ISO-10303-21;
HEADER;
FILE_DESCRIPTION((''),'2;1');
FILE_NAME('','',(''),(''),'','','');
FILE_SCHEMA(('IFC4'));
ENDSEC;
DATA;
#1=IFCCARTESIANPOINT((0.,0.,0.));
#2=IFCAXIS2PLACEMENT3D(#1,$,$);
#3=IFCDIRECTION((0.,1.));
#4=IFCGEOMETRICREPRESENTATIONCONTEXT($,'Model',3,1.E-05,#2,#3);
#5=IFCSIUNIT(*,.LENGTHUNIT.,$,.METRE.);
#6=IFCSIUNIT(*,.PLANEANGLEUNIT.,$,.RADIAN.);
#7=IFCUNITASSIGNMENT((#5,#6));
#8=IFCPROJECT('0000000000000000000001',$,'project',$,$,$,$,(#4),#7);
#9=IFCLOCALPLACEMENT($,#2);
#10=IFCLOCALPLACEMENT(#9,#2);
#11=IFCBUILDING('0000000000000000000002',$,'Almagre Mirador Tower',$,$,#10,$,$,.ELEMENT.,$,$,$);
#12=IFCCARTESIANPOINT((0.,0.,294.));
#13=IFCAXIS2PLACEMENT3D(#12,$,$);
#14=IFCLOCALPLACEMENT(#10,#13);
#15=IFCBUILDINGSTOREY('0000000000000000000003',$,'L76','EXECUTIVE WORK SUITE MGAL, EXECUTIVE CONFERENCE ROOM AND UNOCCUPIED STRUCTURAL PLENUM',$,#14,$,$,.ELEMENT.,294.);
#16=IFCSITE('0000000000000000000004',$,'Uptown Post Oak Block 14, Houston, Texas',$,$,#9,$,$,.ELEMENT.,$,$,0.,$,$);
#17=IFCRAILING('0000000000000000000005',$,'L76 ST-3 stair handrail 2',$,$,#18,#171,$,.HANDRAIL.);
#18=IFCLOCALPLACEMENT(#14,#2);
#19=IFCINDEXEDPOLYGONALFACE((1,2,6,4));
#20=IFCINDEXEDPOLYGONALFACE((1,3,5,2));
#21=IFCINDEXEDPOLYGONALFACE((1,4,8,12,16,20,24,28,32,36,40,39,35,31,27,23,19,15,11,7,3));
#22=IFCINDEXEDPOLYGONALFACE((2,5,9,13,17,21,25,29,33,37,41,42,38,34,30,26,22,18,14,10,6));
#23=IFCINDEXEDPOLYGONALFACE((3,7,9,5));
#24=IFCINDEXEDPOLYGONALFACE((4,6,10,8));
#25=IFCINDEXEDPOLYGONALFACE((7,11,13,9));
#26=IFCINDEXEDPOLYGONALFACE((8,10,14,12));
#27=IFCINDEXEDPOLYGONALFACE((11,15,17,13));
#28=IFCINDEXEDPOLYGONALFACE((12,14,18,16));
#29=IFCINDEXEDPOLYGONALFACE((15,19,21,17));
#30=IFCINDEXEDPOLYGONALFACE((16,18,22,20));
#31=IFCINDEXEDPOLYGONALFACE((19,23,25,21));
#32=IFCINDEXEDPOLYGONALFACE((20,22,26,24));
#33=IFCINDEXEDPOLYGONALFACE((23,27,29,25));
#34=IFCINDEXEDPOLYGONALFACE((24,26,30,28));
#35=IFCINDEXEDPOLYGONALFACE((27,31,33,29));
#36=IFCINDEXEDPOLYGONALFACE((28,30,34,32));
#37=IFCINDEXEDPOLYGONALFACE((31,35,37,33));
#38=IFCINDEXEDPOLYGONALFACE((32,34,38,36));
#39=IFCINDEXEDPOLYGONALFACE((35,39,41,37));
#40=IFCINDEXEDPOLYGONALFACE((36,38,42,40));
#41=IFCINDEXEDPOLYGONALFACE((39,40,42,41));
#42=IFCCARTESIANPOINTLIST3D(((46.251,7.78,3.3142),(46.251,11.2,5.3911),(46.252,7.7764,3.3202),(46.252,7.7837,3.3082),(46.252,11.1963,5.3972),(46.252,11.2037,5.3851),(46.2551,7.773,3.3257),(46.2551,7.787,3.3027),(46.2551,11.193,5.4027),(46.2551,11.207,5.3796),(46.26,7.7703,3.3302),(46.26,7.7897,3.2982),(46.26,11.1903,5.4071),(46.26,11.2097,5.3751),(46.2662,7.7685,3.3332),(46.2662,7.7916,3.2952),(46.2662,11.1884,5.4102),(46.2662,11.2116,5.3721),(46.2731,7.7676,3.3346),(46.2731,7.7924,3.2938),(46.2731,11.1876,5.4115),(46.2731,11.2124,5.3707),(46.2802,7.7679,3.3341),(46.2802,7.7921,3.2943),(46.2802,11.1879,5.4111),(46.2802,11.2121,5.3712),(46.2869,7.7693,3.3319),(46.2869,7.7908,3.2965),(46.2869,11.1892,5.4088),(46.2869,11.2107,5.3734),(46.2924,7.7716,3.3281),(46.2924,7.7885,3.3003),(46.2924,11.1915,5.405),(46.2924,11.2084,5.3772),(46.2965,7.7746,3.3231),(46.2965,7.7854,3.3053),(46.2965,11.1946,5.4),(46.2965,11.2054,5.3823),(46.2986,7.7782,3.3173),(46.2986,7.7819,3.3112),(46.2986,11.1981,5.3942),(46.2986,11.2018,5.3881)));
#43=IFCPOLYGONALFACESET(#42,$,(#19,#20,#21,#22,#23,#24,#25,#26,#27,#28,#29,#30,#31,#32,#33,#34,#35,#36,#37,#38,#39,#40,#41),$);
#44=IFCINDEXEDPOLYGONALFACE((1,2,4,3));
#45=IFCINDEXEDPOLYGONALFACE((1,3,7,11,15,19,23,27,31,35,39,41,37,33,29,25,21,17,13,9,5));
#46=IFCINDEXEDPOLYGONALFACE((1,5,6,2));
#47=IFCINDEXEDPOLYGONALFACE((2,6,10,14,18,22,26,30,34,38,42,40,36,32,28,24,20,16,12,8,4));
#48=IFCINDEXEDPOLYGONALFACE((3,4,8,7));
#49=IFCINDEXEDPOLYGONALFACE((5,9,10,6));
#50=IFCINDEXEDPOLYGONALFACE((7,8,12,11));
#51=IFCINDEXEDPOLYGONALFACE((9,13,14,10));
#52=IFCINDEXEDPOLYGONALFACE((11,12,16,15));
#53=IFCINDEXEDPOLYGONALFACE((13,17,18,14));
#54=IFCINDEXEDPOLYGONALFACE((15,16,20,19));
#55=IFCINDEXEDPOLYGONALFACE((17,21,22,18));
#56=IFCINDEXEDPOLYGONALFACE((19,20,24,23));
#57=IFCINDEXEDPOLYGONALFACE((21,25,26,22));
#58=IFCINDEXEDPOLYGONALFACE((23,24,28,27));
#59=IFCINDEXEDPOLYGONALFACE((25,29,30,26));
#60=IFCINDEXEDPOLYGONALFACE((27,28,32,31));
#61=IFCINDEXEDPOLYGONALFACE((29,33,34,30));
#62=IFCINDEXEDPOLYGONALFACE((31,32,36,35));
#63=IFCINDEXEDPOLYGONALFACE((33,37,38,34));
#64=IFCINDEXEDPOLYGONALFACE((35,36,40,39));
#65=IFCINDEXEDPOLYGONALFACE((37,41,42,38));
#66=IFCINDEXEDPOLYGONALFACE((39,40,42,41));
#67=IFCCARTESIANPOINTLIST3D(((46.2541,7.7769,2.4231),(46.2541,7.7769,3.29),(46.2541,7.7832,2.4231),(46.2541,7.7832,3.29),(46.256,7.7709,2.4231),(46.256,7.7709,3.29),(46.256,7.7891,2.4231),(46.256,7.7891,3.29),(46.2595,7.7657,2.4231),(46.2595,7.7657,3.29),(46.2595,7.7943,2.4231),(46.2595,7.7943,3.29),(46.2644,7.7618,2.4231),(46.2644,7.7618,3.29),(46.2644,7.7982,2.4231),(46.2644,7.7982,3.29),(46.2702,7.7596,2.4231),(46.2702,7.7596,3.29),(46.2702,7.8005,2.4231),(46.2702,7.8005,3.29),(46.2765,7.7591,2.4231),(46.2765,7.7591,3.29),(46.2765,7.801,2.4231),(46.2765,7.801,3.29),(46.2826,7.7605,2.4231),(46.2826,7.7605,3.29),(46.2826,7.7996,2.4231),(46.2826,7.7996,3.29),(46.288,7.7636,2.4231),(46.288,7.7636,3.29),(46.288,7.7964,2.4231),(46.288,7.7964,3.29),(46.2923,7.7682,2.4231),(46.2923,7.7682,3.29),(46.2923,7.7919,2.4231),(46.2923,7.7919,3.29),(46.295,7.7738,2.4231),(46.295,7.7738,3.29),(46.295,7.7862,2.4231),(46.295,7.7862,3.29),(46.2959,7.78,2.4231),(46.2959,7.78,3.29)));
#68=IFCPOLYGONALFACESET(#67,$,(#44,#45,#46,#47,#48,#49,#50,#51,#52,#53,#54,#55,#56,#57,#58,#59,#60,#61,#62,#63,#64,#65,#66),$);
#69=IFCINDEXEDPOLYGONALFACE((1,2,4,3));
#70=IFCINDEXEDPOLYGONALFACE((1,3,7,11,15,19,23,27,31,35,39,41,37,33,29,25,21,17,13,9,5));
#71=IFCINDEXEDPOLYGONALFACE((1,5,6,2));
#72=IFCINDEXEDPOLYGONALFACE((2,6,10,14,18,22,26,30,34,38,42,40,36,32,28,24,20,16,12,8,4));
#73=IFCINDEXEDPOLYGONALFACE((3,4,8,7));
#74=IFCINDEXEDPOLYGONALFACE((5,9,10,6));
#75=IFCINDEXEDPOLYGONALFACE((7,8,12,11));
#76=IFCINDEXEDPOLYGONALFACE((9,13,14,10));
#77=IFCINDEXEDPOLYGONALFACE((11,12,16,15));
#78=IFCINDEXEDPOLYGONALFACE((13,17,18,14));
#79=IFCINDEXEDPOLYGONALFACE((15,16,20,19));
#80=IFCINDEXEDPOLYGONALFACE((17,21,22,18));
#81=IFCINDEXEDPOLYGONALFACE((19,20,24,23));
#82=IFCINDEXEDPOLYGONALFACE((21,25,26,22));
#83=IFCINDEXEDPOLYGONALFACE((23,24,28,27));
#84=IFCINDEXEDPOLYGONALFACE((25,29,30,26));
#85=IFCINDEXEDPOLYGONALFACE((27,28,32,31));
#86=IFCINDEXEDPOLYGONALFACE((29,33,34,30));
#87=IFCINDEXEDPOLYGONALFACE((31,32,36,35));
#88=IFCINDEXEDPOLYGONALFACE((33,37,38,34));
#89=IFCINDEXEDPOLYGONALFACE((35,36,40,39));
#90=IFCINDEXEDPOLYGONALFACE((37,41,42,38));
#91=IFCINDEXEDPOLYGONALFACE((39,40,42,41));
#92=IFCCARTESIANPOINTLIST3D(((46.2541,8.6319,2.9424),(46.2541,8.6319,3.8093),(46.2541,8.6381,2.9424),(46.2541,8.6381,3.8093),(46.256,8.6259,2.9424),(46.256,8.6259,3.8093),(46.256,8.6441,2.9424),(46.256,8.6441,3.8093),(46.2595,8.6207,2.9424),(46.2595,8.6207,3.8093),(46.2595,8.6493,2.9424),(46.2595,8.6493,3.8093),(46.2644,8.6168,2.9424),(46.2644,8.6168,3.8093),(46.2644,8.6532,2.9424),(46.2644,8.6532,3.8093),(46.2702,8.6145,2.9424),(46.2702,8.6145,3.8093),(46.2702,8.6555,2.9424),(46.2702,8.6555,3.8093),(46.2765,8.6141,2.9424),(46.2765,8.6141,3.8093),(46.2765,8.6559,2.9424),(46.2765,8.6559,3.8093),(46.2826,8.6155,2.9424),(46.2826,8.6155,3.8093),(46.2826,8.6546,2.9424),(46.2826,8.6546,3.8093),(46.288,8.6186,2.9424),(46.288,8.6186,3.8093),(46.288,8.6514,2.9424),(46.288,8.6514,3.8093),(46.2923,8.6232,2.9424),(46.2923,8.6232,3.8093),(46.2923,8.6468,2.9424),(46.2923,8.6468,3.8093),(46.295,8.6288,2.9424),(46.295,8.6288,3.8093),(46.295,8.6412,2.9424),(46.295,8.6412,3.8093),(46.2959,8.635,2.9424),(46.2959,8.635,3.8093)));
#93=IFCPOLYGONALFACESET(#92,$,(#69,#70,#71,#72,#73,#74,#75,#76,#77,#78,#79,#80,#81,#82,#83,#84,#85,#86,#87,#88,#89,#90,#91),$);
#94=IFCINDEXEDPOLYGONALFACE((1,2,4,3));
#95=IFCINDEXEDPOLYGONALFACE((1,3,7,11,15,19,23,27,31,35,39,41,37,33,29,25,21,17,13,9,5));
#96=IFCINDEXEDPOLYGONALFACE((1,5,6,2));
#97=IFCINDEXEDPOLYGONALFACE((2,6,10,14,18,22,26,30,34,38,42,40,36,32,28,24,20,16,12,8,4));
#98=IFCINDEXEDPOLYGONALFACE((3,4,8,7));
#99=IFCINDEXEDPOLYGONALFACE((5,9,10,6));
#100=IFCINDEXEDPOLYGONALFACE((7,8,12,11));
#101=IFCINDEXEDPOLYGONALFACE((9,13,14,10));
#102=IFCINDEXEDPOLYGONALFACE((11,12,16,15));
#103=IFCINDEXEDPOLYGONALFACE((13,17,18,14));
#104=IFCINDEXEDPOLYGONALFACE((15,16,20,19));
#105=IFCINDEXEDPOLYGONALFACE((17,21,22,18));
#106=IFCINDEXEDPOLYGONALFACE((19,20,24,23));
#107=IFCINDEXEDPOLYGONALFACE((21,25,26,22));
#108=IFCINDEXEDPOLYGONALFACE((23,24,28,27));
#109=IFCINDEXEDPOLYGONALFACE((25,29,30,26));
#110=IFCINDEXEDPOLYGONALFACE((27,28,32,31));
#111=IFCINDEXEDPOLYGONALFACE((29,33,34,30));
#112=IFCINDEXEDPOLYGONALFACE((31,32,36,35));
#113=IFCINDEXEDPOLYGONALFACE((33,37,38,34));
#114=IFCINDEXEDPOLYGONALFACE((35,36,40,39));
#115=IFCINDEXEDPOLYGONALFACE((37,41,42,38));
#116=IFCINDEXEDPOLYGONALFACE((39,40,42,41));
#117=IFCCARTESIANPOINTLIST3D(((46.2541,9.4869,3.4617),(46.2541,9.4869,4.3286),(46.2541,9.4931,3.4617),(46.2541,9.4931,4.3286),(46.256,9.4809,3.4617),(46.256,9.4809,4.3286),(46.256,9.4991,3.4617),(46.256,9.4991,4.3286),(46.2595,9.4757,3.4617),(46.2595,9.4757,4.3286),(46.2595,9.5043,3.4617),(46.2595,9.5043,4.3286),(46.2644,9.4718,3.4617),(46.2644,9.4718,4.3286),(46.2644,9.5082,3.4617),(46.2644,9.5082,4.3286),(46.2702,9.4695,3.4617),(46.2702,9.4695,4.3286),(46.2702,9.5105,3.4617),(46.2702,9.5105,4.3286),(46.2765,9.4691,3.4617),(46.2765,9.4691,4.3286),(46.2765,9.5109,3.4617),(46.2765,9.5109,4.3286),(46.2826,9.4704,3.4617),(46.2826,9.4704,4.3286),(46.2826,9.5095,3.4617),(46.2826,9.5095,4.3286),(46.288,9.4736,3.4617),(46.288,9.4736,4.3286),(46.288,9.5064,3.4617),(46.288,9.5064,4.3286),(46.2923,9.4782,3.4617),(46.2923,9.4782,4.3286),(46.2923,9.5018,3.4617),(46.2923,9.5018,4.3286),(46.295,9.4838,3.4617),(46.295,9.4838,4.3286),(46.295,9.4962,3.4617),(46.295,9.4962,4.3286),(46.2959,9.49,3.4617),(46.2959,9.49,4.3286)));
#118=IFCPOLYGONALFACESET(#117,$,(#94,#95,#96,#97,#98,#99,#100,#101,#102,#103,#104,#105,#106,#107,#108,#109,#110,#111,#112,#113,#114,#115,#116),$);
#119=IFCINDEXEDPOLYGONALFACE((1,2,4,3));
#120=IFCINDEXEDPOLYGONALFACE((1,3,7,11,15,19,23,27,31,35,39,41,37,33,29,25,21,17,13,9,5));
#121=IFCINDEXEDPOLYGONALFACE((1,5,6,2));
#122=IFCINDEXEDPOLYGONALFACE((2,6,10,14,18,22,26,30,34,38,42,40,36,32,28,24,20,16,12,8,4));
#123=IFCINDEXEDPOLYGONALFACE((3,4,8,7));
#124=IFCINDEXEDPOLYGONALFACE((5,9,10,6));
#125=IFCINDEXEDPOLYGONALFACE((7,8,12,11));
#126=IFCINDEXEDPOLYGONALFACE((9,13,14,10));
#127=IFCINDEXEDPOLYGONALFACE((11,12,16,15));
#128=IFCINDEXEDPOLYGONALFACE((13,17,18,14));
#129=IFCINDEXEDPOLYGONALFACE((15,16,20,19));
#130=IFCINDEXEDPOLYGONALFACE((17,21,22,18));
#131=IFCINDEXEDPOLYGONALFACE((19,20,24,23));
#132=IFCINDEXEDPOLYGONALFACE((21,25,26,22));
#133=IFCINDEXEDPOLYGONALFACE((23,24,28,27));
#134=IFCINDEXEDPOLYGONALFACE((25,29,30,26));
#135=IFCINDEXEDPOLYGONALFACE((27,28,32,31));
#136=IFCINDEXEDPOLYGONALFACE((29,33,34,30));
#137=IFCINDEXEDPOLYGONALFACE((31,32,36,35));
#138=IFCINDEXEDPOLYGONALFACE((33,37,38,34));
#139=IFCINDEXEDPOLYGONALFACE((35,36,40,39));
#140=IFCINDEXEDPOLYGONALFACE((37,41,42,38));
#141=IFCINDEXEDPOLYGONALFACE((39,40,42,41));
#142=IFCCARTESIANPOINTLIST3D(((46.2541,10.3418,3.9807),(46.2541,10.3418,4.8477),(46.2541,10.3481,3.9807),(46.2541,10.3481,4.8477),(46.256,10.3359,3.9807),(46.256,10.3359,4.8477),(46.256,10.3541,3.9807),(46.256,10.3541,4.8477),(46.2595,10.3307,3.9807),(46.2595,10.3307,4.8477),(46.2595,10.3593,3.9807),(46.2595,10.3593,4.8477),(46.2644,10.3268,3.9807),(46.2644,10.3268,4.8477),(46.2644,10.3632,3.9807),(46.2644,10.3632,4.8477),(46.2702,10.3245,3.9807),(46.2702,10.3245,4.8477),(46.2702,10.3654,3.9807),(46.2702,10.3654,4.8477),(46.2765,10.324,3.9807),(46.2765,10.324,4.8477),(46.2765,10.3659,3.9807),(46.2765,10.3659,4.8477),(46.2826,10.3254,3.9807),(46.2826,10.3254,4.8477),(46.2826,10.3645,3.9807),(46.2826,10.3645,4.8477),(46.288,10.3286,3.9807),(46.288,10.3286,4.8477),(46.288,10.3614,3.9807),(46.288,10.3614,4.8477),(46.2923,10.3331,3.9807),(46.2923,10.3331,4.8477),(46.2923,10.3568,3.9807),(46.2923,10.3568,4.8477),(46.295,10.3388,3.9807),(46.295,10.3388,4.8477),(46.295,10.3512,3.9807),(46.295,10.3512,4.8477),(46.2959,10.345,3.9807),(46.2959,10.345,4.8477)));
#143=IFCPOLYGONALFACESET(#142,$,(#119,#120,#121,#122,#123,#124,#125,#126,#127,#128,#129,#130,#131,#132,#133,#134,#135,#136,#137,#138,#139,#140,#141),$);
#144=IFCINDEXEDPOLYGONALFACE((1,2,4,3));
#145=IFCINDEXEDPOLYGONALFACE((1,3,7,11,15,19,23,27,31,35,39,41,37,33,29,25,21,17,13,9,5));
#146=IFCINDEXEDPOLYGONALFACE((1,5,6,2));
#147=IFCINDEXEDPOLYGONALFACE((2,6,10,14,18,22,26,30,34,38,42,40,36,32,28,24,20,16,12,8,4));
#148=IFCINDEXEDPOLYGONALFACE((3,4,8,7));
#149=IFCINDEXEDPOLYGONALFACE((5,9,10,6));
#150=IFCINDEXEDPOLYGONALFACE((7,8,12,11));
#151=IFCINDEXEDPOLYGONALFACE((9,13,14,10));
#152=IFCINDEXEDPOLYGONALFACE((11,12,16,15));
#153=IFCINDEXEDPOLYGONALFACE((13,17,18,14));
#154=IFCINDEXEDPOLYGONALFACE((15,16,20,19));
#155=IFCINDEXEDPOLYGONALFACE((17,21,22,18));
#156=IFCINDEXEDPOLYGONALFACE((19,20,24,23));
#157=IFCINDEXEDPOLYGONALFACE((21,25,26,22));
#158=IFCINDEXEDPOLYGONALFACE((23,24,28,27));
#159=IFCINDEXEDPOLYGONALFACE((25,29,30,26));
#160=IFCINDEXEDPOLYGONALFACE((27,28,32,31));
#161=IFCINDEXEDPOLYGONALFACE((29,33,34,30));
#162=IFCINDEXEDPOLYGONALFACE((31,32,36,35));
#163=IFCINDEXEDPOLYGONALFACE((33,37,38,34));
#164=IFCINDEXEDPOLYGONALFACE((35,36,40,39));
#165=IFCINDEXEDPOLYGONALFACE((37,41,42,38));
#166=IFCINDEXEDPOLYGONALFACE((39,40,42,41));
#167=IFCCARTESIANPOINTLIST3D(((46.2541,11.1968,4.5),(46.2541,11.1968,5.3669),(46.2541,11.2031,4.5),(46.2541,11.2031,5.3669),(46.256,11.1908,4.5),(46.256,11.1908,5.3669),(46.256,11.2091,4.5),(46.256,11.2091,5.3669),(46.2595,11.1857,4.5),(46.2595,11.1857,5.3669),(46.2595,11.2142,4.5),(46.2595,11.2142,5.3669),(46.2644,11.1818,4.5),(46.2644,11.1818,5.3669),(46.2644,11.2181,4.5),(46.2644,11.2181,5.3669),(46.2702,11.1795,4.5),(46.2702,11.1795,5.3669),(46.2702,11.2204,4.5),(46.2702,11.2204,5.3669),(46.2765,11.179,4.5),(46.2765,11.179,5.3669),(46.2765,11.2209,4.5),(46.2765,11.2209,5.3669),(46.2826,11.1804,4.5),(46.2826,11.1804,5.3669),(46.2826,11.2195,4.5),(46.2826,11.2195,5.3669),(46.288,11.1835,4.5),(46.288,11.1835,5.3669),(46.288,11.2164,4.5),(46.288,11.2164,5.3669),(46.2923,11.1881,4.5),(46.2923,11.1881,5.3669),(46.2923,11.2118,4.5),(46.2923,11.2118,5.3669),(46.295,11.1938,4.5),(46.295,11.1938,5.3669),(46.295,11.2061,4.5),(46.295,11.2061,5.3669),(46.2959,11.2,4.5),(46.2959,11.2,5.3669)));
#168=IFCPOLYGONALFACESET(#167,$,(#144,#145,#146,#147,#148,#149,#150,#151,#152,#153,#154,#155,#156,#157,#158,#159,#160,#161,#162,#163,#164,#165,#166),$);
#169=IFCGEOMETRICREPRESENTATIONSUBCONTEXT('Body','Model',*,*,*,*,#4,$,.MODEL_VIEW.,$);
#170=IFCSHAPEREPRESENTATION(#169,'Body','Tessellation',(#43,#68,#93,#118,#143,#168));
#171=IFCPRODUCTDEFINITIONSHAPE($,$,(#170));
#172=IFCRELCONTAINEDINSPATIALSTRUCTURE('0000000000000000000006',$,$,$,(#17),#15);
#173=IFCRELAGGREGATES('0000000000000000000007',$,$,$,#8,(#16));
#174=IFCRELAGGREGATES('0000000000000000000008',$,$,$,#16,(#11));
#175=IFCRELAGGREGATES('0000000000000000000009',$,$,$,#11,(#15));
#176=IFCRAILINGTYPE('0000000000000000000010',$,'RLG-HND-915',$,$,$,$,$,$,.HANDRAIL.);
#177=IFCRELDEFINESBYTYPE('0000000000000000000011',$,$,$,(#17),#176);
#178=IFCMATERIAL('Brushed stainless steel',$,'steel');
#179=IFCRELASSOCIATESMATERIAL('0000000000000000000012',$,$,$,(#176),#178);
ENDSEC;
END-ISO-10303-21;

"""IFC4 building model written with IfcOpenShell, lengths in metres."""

from ifc_helpers import new_model, si_unit, direction, frame, origin, origin_2d, place, context, subcontext, project, spatial, circle, extrude, material, type_object, element, save


model = new_model("IFC4")

# Units and contexts
model_context = context("Model", 3, precision=1e-05, world=origin(), true_north=direction((0.0, 1.0)))
body_context = subcontext(model_context, "Body", "Model", "MODEL_VIEW")
ifc_project = project(units=[si_unit("LENGTHUNIT", "METRE"), si_unit("PLANEANGLEUNIT", "RADIAN")], contexts=[model_context])

# Site, building, storey
site_placement = place(None, origin())
site = spatial("IfcSite", under=ifc_project, at=site_placement, Name="Uptown Post Oak Block 14, Houston, Texas", CompositionType="ELEMENT", RefElevation=0.0)
building_placement = place(site_placement, origin())
building = spatial("IfcBuilding", under=site, at=building_placement, Name="Almagre Mirador Tower", CompositionType="ELEMENT")
storey_placement = place(building_placement, frame((0.0, 0.0, 294.0)))
storey = spatial("IfcBuildingStorey", under=building, at=storey_placement, Name="L76", Description="EXECUTIVE WORK SUITE MGAL, EXECUTIVE CONFERENCE ROOM AND UNOCCUPIED STRUCTURAL PLENUM", CompositionType="ELEMENT", Elevation=294.0)

# Railing
ifc_material_1 = material(Name="Brushed stainless steel", Category="steel")
railing_type_1 = type_object("IfcRailingType", Name="RLG-HND-915", PredefinedType="HANDRAIL", material=ifc_material_1)
railing_1_placement = place(storey_placement, frame((46.2749, 7.78, 2.4231)))
element("IfcRailing", 1, at=railing_1_placement, inside=storey, type_object=railing_type_1, Name="L76 ST-3 stair handrail 2", PredefinedType="HANDRAIL", context=body_context, shape_type="SweptSolid", body=[
    extrude(circle(Radius=0.0239, at=origin_2d()), frame((0.0, 0.0, 0.8911), z_axis=(0.0, 0.85473, 0.519074), x_axis=(-1.0, 0.0, 0.0)), (0.0, 0.0, 1.0), 4.0012),
    extrude(circle(Radius=0.021, at=origin_2d()), origin(), (0.0, 0.0, 1.0), 0.8669),
    extrude(circle(Radius=0.021, at=origin_2d()), frame((0.0, 0.855, 0.5193)), (0.0, 0.0, 1.0), 0.8669),
    extrude(circle(Radius=0.021, at=origin_2d()), frame((0.0, 1.71, 1.0386)), (0.0, 0.0, 1.0), 0.8669),
    extrude(circle(Radius=0.021, at=origin_2d()), frame((0.0, 2.5649, 1.5576)), (0.0, 0.0, 1.0), 0.8669),
    extrude(circle(Radius=0.021, at=origin_2d()), frame((0.0, 3.4199, 2.0769)), (0.0, 0.0, 1.0), 0.8669),
])

save(model, "model.ifc")
